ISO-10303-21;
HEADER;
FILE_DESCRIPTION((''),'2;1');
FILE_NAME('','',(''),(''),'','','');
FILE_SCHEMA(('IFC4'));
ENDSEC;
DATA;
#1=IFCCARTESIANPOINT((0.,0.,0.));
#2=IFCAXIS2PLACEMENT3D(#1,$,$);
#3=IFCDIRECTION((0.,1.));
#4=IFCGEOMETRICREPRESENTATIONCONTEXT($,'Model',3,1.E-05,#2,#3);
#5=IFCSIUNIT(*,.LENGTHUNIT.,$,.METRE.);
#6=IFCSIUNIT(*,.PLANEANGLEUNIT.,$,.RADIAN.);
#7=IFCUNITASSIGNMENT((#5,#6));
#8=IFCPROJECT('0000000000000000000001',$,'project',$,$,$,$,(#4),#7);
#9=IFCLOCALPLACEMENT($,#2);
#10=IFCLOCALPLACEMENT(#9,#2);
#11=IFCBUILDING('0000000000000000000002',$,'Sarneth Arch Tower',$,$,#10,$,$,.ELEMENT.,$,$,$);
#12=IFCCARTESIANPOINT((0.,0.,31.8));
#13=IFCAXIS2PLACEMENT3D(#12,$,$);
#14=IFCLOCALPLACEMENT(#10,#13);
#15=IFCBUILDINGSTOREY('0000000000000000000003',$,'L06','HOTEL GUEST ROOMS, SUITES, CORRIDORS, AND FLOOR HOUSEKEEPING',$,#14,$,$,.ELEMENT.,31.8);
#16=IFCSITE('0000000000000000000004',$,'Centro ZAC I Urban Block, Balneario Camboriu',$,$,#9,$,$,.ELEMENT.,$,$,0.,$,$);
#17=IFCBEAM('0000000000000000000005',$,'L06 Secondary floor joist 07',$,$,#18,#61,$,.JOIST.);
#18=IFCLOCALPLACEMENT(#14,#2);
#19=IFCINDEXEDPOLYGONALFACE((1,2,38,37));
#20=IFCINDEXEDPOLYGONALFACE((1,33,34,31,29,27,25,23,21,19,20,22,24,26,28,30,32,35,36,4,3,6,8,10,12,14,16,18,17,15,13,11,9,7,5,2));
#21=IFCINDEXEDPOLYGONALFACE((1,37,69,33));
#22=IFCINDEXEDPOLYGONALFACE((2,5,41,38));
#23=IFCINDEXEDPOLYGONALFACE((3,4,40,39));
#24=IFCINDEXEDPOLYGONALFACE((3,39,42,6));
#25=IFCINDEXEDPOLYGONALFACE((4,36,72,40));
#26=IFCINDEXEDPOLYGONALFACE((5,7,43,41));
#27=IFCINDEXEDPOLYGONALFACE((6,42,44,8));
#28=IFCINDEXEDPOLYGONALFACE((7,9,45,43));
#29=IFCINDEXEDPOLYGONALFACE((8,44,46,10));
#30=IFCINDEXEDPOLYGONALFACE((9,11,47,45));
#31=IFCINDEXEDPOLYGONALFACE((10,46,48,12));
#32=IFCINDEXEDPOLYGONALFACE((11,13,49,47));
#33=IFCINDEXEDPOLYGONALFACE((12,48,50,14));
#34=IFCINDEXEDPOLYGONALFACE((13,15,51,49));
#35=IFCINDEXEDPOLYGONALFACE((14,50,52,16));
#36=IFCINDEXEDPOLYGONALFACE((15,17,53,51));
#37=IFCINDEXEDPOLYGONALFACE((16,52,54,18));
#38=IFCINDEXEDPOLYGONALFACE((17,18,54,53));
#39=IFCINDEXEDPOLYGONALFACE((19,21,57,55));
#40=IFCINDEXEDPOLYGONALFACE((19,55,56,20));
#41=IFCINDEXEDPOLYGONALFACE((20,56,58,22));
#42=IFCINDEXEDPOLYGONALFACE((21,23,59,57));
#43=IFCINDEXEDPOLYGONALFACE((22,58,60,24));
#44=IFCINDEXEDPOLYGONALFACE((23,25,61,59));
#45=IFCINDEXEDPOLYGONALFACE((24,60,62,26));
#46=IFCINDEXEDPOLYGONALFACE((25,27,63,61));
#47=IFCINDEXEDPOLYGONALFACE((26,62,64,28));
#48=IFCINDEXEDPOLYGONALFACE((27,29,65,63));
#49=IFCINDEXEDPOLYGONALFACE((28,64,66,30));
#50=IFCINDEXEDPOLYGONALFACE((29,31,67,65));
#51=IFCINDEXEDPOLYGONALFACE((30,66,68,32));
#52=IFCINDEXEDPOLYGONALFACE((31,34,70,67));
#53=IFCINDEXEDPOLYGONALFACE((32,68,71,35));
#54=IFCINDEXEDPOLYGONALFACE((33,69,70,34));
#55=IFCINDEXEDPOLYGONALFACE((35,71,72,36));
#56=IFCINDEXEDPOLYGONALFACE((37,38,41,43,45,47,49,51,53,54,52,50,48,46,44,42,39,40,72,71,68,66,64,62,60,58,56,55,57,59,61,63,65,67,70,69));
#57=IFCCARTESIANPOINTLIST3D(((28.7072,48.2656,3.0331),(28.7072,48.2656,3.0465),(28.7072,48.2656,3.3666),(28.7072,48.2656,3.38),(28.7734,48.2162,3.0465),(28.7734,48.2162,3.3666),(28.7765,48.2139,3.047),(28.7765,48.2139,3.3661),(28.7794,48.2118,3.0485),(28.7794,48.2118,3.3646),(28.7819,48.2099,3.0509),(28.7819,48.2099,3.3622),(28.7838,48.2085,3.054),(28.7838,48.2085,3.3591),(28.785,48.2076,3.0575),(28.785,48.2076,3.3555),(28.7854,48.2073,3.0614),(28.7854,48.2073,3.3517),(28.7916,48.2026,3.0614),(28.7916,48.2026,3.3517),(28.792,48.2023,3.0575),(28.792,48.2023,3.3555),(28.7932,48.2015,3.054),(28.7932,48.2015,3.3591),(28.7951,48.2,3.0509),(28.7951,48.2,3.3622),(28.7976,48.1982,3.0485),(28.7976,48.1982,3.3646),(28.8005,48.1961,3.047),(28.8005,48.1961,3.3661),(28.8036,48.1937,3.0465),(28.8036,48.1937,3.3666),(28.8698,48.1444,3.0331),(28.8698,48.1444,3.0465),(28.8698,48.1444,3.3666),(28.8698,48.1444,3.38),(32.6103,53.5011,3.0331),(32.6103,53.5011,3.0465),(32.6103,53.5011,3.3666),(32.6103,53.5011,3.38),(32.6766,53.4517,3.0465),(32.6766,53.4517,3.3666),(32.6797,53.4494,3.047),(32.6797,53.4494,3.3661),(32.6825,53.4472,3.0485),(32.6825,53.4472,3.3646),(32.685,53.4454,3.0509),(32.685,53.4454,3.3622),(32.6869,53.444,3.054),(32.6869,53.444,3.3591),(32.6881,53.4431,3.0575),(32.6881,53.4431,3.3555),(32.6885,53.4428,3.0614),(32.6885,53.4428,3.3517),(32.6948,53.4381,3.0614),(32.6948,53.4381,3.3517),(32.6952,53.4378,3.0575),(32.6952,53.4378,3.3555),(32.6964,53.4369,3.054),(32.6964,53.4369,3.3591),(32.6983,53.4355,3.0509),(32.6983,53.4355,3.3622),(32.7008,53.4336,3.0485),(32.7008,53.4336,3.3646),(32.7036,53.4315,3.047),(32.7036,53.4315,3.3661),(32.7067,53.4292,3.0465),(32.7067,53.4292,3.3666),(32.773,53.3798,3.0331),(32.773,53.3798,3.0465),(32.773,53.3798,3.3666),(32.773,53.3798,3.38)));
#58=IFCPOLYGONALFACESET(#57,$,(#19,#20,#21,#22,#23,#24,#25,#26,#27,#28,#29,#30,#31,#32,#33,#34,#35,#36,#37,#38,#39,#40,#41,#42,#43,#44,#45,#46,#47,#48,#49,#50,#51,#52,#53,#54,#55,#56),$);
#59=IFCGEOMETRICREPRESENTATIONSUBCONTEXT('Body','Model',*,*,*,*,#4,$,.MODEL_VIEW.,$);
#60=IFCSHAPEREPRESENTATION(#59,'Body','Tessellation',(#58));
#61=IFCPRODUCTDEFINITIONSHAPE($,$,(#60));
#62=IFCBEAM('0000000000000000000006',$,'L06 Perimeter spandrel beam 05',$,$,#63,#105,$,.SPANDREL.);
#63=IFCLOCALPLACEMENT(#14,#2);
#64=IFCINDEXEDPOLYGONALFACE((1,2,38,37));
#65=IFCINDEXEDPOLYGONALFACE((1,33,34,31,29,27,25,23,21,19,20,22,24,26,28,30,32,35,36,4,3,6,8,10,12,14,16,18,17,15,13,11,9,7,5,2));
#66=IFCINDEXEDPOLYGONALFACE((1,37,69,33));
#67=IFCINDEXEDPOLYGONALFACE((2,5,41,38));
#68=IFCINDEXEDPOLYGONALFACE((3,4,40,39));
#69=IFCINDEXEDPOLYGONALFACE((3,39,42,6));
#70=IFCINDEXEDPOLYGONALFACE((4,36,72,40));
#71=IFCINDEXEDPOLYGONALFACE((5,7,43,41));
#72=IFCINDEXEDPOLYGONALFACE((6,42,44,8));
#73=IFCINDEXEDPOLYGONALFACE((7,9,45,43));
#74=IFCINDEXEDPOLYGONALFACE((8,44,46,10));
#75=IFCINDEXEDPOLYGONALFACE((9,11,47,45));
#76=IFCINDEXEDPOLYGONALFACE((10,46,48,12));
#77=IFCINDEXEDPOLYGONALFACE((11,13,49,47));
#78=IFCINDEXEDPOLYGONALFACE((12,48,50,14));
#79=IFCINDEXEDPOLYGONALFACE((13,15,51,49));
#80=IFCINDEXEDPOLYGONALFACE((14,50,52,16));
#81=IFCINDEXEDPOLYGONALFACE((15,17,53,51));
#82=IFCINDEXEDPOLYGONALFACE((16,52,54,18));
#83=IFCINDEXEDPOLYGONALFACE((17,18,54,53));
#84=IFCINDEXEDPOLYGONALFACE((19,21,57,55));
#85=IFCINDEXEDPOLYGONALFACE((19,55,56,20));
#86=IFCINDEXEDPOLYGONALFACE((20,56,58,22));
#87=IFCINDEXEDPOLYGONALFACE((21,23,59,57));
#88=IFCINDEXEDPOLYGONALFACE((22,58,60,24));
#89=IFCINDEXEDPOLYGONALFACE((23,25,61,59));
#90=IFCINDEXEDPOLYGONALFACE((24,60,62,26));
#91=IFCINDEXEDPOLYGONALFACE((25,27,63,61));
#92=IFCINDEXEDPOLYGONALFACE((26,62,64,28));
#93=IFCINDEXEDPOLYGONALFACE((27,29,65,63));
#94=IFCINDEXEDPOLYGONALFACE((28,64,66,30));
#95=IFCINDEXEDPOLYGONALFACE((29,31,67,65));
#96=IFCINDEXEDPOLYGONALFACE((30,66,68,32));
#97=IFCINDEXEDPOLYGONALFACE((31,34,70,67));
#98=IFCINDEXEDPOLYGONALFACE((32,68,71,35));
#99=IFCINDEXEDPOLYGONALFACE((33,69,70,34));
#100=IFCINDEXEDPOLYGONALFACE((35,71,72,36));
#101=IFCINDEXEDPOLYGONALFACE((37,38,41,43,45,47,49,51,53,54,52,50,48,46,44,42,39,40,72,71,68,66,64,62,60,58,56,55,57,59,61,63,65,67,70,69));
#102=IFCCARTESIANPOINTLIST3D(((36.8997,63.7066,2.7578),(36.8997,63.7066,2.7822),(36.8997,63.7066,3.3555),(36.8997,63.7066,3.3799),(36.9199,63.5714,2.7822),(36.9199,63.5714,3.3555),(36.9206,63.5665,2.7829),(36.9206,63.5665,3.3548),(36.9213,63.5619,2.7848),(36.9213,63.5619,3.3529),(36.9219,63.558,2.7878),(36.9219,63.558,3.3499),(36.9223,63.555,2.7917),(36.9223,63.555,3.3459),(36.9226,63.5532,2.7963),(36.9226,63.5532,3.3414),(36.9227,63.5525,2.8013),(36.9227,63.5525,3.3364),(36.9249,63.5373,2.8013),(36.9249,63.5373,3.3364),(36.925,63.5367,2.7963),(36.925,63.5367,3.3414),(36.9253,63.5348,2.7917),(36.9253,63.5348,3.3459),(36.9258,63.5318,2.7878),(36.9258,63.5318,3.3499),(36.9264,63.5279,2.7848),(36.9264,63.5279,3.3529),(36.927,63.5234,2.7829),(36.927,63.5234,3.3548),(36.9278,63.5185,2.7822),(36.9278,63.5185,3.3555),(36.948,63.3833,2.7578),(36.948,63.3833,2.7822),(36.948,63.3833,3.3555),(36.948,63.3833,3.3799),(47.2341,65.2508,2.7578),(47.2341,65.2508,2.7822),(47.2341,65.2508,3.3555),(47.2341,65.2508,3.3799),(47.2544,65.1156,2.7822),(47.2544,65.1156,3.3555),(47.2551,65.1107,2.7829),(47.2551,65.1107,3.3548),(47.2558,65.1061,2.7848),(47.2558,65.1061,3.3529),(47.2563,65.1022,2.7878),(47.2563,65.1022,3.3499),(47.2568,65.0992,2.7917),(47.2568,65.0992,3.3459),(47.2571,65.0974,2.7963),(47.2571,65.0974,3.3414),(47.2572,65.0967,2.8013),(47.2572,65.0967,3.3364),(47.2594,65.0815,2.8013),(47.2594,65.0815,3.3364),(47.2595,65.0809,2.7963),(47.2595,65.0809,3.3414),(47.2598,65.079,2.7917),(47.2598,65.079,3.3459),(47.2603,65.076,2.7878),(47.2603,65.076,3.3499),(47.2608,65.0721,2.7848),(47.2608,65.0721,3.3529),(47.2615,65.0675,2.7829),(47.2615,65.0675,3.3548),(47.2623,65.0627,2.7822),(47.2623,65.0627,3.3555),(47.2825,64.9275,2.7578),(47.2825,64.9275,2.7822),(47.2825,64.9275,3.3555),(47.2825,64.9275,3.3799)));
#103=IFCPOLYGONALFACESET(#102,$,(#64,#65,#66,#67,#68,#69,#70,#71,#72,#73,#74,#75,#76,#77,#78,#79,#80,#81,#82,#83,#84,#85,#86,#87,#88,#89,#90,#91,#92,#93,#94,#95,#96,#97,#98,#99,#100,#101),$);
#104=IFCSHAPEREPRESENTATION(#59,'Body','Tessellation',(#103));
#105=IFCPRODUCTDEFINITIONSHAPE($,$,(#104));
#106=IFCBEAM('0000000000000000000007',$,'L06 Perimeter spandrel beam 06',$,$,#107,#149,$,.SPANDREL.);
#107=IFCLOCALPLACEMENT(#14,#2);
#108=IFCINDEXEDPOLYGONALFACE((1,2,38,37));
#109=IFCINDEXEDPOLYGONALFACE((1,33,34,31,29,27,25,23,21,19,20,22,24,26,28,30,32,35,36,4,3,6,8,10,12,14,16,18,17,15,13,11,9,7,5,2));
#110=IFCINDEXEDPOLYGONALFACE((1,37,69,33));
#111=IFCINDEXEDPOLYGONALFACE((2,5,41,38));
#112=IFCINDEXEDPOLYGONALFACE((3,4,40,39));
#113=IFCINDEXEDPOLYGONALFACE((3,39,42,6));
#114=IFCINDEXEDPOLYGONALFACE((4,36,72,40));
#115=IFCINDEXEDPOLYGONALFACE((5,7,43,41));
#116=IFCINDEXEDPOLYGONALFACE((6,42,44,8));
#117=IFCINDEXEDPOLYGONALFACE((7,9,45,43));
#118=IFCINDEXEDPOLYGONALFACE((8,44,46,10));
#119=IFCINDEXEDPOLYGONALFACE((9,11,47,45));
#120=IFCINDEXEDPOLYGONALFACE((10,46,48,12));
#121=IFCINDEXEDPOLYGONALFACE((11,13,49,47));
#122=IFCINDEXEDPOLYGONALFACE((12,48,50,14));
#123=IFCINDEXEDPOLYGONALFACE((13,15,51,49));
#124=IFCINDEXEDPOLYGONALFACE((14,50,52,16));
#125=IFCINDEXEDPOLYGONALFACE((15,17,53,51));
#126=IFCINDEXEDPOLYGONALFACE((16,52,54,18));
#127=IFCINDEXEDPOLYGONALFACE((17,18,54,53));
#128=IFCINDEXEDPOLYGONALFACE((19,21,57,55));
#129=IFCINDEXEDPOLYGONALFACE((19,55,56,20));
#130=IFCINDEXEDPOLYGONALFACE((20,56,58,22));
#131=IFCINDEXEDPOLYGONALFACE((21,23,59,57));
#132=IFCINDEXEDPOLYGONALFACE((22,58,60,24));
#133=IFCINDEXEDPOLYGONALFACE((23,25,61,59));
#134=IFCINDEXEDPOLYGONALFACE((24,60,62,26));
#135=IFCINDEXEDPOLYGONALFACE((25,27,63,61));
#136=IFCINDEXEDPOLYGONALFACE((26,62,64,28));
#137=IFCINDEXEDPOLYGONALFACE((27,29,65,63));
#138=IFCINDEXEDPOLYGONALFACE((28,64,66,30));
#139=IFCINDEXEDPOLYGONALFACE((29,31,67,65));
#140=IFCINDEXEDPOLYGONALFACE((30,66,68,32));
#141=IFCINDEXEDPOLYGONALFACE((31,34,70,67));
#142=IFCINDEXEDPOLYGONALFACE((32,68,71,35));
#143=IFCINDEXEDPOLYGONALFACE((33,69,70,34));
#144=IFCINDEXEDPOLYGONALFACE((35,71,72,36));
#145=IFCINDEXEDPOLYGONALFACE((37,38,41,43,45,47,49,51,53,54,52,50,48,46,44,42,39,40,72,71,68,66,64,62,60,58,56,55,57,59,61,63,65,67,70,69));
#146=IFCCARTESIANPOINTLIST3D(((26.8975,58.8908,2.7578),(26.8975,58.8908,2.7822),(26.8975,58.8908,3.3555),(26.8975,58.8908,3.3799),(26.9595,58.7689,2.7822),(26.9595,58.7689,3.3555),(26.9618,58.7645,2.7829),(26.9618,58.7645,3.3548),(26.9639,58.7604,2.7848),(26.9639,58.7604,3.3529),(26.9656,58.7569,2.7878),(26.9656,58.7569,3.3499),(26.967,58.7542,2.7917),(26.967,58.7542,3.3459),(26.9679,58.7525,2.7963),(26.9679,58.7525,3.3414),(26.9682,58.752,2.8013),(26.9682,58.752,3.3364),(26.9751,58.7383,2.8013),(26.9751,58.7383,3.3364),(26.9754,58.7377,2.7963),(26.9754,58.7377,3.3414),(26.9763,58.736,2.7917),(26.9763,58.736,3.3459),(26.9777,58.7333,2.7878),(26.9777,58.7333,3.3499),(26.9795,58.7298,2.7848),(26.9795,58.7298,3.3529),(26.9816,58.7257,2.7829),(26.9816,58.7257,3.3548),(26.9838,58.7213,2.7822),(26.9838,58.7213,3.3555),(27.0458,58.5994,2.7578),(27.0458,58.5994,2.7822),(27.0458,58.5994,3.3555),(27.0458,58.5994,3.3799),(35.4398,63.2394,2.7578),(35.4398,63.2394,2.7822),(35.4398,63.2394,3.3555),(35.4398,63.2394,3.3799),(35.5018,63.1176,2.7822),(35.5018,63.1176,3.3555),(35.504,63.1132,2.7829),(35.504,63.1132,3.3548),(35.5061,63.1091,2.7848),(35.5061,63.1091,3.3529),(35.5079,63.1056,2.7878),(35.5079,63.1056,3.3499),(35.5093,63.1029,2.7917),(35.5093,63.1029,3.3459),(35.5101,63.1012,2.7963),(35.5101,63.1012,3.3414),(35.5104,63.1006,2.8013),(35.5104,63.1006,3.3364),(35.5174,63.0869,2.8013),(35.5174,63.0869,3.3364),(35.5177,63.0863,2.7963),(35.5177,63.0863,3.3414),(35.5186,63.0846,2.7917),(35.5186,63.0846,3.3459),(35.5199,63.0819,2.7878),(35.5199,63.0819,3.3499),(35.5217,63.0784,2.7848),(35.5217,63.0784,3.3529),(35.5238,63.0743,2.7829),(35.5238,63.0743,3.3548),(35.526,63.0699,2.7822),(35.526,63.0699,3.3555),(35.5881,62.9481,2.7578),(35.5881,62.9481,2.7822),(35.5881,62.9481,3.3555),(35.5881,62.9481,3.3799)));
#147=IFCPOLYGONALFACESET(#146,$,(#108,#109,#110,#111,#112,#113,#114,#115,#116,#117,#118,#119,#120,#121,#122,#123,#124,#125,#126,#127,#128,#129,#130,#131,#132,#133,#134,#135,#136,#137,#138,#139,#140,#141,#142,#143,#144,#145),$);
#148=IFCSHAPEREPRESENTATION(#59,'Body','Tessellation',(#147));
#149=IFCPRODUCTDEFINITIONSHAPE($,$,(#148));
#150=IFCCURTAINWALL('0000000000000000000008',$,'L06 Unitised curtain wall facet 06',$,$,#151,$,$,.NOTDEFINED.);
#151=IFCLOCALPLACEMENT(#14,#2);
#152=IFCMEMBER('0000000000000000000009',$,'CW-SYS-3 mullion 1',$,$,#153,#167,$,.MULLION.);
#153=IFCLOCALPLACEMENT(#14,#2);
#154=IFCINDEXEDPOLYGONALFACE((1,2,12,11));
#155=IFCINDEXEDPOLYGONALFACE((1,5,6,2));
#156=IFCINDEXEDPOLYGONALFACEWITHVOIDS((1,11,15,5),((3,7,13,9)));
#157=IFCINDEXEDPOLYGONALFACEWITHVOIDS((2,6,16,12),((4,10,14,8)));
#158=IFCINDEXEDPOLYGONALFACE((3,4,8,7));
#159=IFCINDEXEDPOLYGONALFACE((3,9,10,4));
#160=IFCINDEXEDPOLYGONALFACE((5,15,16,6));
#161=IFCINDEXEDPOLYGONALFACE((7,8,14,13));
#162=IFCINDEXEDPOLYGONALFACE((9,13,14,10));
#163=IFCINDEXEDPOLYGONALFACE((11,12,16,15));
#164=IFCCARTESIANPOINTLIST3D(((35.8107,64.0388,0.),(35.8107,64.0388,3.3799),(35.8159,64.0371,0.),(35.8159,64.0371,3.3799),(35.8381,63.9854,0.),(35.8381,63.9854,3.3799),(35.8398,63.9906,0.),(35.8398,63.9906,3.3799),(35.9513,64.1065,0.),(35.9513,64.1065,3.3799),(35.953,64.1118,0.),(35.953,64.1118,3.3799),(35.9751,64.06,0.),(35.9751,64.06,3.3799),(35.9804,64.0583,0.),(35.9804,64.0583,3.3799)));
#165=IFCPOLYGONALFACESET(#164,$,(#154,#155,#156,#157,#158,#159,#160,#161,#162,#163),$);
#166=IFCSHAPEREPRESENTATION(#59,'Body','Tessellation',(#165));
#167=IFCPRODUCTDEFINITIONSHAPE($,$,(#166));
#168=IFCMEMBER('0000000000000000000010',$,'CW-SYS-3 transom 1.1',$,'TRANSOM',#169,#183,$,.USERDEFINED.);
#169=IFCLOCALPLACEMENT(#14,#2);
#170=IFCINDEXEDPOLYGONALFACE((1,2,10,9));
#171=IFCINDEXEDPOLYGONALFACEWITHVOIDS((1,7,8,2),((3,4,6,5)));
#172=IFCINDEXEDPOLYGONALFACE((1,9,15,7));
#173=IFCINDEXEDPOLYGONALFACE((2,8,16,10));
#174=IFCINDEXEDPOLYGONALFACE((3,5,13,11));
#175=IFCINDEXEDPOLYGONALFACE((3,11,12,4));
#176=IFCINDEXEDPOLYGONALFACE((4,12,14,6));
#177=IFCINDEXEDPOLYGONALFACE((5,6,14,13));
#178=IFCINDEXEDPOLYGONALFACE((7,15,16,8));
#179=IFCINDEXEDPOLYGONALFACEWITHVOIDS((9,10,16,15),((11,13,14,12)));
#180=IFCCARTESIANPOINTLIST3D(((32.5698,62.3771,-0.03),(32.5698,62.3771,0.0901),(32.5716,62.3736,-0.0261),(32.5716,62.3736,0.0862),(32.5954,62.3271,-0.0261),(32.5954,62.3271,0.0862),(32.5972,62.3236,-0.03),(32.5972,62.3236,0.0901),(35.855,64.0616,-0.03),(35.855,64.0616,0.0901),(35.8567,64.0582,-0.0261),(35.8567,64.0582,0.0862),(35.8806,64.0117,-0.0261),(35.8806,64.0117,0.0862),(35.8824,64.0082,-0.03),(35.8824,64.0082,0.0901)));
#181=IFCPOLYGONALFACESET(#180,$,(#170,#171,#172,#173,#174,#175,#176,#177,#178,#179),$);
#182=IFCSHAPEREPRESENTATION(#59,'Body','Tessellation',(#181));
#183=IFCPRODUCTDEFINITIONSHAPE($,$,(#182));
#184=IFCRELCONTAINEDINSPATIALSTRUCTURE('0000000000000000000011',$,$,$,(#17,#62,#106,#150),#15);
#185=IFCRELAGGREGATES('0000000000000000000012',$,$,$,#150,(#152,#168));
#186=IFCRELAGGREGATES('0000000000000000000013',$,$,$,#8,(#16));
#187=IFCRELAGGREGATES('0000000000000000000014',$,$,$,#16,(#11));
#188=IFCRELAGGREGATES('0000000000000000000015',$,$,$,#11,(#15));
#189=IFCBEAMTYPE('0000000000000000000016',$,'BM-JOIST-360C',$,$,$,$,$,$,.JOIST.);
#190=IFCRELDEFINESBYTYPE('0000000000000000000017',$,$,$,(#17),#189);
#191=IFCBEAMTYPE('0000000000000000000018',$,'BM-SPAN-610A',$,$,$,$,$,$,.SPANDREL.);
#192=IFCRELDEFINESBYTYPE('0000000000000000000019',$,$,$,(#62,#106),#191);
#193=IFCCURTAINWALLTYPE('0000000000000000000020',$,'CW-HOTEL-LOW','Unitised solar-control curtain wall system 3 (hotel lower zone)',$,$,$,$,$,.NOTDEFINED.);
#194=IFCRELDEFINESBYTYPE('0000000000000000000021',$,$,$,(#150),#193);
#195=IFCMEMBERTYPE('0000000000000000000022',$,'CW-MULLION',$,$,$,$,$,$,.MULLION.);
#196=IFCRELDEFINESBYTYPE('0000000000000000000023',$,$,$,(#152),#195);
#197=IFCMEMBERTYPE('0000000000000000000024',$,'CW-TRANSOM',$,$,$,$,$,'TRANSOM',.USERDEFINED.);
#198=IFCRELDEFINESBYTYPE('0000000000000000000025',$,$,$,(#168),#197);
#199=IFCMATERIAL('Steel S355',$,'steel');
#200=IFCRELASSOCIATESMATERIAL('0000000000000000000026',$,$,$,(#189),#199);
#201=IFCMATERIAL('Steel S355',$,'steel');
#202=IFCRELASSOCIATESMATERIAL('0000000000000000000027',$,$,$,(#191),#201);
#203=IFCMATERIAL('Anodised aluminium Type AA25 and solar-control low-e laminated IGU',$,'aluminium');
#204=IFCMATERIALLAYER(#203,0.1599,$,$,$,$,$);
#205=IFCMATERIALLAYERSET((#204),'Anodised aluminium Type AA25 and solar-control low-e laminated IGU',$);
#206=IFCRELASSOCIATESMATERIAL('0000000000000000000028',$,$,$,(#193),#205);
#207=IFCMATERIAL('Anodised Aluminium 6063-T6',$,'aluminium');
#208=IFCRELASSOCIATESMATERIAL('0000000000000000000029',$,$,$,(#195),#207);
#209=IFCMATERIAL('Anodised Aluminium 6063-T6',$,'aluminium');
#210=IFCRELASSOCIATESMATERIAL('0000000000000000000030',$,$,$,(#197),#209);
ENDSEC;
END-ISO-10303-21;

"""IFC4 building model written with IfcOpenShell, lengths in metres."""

from ifc_helpers import new_model, si_unit, direction, frame, origin, origin_2d, place, context, subcontext, project, spatial, hollow_rectangle, i_section, extrude, material, layer, layer_set, material_profile, profile_set, type_object, element, aggregate, save


model = new_model("IFC4")

# Units and contexts
model_context = context("Model", 3, precision=1e-05, world=origin(), true_north=direction((0.0, 1.0)))
body_context = subcontext(model_context, "Body", "Model", "MODEL_VIEW")
ifc_project = project(units=[si_unit("LENGTHUNIT", "METRE"), si_unit("PLANEANGLEUNIT", "RADIAN")], contexts=[model_context])

# Site, building, storey
site_placement = place(None, origin())
site = spatial("IfcSite", under=ifc_project, at=site_placement, Name="Centro ZAC I Urban Block, Balneario Camboriu", CompositionType="ELEMENT", RefElevation=0.0)
building_placement = place(site_placement, origin())
building = spatial("IfcBuilding", under=site, at=building_placement, Name="Sarneth Arch Tower", CompositionType="ELEMENT")
storey_placement = place(building_placement, frame((0.0, 0.0, 31.8)))
storey = spatial("IfcBuildingStorey", under=building, at=storey_placement, Name="L06", Description="HOTEL GUEST ROOMS, SUITES, CORRIDORS, AND FLOOR HOUSEKEEPING", CompositionType="ELEMENT", Elevation=31.8)

# Beams
ifc_material_1 = material(Name="Steel S355", Category="steel")
ifc_material_profile_1 = material_profile(ifc_material_1, i_section(OverallWidth=0.2029, OverallDepth=0.3469, WebThickness=0.0078, FlangeThickness=0.0134, FilletRadius=0.0149, at=origin_2d()), Name="W360x64")
ifc_profile_set_1 = profile_set([ifc_material_profile_1], Name="Steel S355")
beam_type_1 = type_object("IfcBeamType", Name="BM-JOIST-360C", PredefinedType="JOIST", material=ifc_profile_set_1)
beam_1_placement = place(storey_placement, frame((32.6917, 53.4404, 3.2065), z_axis=(-0.5977, -0.801719, 0.0), x_axis=(0.801719, -0.5977, 0.0)))
element("IfcBeam", 1, at=beam_1_placement, inside=storey, type_object=beam_type_1, Name="L06 Secondary floor joist 07", PredefinedType="JOIST", context=body_context, shape_type="SweptSolid", body=[
    extrude(i_section(OverallWidth=0.2029, OverallDepth=0.3469, WebThickness=0.0078, FlangeThickness=0.0134, FilletRadius=0.0149, at=origin_2d()), origin(), (0.0, 0.0, 1.0), 6.5303),
])
ifc_material_2 = material(Name="Steel S355", Category="steel")
ifc_material_profile_2 = material_profile(ifc_material_2, i_section(OverallWidth=0.3269, OverallDepth=0.6221, WebThickness=0.0154, FlangeThickness=0.0244, FilletRadius=0.019, at=origin_2d()), Name="W610x195")
ifc_profile_set_2 = profile_set([ifc_material_profile_2], Name="Steel S355")
beam_type_2 = type_object("IfcBeamType", Name="BM-SPAN-610A", PredefinedType="SPANDREL", material=ifc_profile_set_2)
beam_2_placement = place(storey_placement, frame((47.2583, 65.0891, 3.0688), z_axis=(-0.98902, -0.147781, 0.0), x_axis=(0.147781, -0.98902, 0.0)))
element("IfcBeam", 2, at=beam_2_placement, inside=storey, type_object=beam_type_2, Name="L06 Perimeter spandrel beam 05", PredefinedType="SPANDREL", context=body_context, shape_type="SweptSolid", body=[
    extrude(i_section(OverallWidth=0.3269, OverallDepth=0.6221, WebThickness=0.0154, FlangeThickness=0.0244, FilletRadius=0.019, at=origin_2d()), origin(), (0.0, 0.0, 1.0), 10.4492),
])
beam_3_placement = place(storey_placement, frame((35.5139, 63.0938, 3.0688), z_axis=(-0.891169, -0.453671, 0.0), x_axis=(0.453671, -0.891169, 0.0)))
element("IfcBeam", 3, at=beam_3_placement, inside=storey, type_object=beam_type_2, Name="L06 Perimeter spandrel beam 06", PredefinedType="SPANDREL", context=body_context, shape_type="SweptSolid", body=[
    extrude(i_section(OverallWidth=0.3269, OverallDepth=0.6221, WebThickness=0.0154, FlangeThickness=0.0244, FilletRadius=0.019, at=origin_2d()), origin(), (0.0, 0.0, 1.0), 9.5854),
])

# Curtain wall, members
ifc_material_3 = material(Name="Anodised aluminium Type AA25 and solar-control low-e laminated IGU", Category="aluminium")
ifc_layer_1 = layer(ifc_material_3, 0.1599)
ifc_layer_set_1 = layer_set([ifc_layer_1], Name="Anodised aluminium Type AA25 and solar-control low-e laminated IGU")
curtain_wall_type = type_object("IfcCurtainWallType", Name="CW-HOTEL-LOW", Description="Unitised solar-control curtain wall system 3 (hotel lower zone)", PredefinedType="NOTDEFINED", material=ifc_layer_set_1)
curtain_wall_placement = place(storey_placement, origin())
curtain_wall = element("IfcCurtainWall", 4, at=curtain_wall_placement, inside=storey, type_object=curtain_wall_type, Name="L06 Unitised curtain wall facet 06", PredefinedType="NOTDEFINED")
ifc_material_4 = material(Name="Anodised Aluminium 6063-T6", Category="aluminium")
ifc_material_profile_3 = material_profile(ifc_material_4, hollow_rectangle(XDim=0.0601, YDim=0.1599, WallThickness=0.0039, at=origin_2d()), Name="AL-MULL-160x60x4")
ifc_profile_set_3 = profile_set([ifc_material_profile_3], Name="Anodised Aluminium 6063-T6")
member_type_1 = type_object("IfcMemberType", Name="CW-MULLION", PredefinedType="MULLION", material=ifc_profile_set_3)
member_1_placement = place(storey_placement, frame((35.8955, 64.0486, 0.0), z_axis=(0.0, 0.0, 1.0), x_axis=(0.456245, -0.889854, 0.0)))
member_1 = element("IfcMember", 5, at=member_1_placement, type_object=member_type_1, Name="CW-SYS-3 mullion 1", PredefinedType="MULLION", context=body_context, shape_type="SweptSolid", body=[
    extrude(hollow_rectangle(XDim=0.0601, YDim=0.1599, WallThickness=0.0039, at=origin_2d()), origin(), (0.0, 0.0, 1.0), 3.3799),
])
ifc_material_5 = material(Name="Anodised Aluminium 6063-T6", Category="aluminium")
ifc_material_profile_4 = material_profile(ifc_material_5, hollow_rectangle(XDim=0.0601, YDim=0.1201, WallThickness=0.0039, at=origin_2d()), Name="AL-TRAN-120x60x4")
ifc_profile_set_4 = profile_set([ifc_material_profile_4], Name="Anodised Aluminium 6063-T6")
member_type_2 = type_object("IfcMemberType", Name="CW-TRANSOM", ElementType="TRANSOM", PredefinedType="USERDEFINED", material=ifc_profile_set_4)
member_2_placement = place(storey_placement, frame((35.8687, 64.0349, 0.03), z_axis=(-0.889831, -0.45629, 0.0), x_axis=(0.45629, -0.889831, 0.0)))
member_2 = element("IfcMember", 6, at=member_2_placement, type_object=member_type_2, Name="CW-SYS-3 transom 1.1", ObjectType="TRANSOM", PredefinedType="USERDEFINED", context=body_context, shape_type="SweptSolid", body=[
    extrude(hollow_rectangle(XDim=0.0601, YDim=0.1201, WallThickness=0.0039, at=origin_2d()), origin(), (0.0, 0.0, 1.0), 3.6919),
])
aggregate(curtain_wall, [member_1, member_2])

save(model, "model.ifc")
